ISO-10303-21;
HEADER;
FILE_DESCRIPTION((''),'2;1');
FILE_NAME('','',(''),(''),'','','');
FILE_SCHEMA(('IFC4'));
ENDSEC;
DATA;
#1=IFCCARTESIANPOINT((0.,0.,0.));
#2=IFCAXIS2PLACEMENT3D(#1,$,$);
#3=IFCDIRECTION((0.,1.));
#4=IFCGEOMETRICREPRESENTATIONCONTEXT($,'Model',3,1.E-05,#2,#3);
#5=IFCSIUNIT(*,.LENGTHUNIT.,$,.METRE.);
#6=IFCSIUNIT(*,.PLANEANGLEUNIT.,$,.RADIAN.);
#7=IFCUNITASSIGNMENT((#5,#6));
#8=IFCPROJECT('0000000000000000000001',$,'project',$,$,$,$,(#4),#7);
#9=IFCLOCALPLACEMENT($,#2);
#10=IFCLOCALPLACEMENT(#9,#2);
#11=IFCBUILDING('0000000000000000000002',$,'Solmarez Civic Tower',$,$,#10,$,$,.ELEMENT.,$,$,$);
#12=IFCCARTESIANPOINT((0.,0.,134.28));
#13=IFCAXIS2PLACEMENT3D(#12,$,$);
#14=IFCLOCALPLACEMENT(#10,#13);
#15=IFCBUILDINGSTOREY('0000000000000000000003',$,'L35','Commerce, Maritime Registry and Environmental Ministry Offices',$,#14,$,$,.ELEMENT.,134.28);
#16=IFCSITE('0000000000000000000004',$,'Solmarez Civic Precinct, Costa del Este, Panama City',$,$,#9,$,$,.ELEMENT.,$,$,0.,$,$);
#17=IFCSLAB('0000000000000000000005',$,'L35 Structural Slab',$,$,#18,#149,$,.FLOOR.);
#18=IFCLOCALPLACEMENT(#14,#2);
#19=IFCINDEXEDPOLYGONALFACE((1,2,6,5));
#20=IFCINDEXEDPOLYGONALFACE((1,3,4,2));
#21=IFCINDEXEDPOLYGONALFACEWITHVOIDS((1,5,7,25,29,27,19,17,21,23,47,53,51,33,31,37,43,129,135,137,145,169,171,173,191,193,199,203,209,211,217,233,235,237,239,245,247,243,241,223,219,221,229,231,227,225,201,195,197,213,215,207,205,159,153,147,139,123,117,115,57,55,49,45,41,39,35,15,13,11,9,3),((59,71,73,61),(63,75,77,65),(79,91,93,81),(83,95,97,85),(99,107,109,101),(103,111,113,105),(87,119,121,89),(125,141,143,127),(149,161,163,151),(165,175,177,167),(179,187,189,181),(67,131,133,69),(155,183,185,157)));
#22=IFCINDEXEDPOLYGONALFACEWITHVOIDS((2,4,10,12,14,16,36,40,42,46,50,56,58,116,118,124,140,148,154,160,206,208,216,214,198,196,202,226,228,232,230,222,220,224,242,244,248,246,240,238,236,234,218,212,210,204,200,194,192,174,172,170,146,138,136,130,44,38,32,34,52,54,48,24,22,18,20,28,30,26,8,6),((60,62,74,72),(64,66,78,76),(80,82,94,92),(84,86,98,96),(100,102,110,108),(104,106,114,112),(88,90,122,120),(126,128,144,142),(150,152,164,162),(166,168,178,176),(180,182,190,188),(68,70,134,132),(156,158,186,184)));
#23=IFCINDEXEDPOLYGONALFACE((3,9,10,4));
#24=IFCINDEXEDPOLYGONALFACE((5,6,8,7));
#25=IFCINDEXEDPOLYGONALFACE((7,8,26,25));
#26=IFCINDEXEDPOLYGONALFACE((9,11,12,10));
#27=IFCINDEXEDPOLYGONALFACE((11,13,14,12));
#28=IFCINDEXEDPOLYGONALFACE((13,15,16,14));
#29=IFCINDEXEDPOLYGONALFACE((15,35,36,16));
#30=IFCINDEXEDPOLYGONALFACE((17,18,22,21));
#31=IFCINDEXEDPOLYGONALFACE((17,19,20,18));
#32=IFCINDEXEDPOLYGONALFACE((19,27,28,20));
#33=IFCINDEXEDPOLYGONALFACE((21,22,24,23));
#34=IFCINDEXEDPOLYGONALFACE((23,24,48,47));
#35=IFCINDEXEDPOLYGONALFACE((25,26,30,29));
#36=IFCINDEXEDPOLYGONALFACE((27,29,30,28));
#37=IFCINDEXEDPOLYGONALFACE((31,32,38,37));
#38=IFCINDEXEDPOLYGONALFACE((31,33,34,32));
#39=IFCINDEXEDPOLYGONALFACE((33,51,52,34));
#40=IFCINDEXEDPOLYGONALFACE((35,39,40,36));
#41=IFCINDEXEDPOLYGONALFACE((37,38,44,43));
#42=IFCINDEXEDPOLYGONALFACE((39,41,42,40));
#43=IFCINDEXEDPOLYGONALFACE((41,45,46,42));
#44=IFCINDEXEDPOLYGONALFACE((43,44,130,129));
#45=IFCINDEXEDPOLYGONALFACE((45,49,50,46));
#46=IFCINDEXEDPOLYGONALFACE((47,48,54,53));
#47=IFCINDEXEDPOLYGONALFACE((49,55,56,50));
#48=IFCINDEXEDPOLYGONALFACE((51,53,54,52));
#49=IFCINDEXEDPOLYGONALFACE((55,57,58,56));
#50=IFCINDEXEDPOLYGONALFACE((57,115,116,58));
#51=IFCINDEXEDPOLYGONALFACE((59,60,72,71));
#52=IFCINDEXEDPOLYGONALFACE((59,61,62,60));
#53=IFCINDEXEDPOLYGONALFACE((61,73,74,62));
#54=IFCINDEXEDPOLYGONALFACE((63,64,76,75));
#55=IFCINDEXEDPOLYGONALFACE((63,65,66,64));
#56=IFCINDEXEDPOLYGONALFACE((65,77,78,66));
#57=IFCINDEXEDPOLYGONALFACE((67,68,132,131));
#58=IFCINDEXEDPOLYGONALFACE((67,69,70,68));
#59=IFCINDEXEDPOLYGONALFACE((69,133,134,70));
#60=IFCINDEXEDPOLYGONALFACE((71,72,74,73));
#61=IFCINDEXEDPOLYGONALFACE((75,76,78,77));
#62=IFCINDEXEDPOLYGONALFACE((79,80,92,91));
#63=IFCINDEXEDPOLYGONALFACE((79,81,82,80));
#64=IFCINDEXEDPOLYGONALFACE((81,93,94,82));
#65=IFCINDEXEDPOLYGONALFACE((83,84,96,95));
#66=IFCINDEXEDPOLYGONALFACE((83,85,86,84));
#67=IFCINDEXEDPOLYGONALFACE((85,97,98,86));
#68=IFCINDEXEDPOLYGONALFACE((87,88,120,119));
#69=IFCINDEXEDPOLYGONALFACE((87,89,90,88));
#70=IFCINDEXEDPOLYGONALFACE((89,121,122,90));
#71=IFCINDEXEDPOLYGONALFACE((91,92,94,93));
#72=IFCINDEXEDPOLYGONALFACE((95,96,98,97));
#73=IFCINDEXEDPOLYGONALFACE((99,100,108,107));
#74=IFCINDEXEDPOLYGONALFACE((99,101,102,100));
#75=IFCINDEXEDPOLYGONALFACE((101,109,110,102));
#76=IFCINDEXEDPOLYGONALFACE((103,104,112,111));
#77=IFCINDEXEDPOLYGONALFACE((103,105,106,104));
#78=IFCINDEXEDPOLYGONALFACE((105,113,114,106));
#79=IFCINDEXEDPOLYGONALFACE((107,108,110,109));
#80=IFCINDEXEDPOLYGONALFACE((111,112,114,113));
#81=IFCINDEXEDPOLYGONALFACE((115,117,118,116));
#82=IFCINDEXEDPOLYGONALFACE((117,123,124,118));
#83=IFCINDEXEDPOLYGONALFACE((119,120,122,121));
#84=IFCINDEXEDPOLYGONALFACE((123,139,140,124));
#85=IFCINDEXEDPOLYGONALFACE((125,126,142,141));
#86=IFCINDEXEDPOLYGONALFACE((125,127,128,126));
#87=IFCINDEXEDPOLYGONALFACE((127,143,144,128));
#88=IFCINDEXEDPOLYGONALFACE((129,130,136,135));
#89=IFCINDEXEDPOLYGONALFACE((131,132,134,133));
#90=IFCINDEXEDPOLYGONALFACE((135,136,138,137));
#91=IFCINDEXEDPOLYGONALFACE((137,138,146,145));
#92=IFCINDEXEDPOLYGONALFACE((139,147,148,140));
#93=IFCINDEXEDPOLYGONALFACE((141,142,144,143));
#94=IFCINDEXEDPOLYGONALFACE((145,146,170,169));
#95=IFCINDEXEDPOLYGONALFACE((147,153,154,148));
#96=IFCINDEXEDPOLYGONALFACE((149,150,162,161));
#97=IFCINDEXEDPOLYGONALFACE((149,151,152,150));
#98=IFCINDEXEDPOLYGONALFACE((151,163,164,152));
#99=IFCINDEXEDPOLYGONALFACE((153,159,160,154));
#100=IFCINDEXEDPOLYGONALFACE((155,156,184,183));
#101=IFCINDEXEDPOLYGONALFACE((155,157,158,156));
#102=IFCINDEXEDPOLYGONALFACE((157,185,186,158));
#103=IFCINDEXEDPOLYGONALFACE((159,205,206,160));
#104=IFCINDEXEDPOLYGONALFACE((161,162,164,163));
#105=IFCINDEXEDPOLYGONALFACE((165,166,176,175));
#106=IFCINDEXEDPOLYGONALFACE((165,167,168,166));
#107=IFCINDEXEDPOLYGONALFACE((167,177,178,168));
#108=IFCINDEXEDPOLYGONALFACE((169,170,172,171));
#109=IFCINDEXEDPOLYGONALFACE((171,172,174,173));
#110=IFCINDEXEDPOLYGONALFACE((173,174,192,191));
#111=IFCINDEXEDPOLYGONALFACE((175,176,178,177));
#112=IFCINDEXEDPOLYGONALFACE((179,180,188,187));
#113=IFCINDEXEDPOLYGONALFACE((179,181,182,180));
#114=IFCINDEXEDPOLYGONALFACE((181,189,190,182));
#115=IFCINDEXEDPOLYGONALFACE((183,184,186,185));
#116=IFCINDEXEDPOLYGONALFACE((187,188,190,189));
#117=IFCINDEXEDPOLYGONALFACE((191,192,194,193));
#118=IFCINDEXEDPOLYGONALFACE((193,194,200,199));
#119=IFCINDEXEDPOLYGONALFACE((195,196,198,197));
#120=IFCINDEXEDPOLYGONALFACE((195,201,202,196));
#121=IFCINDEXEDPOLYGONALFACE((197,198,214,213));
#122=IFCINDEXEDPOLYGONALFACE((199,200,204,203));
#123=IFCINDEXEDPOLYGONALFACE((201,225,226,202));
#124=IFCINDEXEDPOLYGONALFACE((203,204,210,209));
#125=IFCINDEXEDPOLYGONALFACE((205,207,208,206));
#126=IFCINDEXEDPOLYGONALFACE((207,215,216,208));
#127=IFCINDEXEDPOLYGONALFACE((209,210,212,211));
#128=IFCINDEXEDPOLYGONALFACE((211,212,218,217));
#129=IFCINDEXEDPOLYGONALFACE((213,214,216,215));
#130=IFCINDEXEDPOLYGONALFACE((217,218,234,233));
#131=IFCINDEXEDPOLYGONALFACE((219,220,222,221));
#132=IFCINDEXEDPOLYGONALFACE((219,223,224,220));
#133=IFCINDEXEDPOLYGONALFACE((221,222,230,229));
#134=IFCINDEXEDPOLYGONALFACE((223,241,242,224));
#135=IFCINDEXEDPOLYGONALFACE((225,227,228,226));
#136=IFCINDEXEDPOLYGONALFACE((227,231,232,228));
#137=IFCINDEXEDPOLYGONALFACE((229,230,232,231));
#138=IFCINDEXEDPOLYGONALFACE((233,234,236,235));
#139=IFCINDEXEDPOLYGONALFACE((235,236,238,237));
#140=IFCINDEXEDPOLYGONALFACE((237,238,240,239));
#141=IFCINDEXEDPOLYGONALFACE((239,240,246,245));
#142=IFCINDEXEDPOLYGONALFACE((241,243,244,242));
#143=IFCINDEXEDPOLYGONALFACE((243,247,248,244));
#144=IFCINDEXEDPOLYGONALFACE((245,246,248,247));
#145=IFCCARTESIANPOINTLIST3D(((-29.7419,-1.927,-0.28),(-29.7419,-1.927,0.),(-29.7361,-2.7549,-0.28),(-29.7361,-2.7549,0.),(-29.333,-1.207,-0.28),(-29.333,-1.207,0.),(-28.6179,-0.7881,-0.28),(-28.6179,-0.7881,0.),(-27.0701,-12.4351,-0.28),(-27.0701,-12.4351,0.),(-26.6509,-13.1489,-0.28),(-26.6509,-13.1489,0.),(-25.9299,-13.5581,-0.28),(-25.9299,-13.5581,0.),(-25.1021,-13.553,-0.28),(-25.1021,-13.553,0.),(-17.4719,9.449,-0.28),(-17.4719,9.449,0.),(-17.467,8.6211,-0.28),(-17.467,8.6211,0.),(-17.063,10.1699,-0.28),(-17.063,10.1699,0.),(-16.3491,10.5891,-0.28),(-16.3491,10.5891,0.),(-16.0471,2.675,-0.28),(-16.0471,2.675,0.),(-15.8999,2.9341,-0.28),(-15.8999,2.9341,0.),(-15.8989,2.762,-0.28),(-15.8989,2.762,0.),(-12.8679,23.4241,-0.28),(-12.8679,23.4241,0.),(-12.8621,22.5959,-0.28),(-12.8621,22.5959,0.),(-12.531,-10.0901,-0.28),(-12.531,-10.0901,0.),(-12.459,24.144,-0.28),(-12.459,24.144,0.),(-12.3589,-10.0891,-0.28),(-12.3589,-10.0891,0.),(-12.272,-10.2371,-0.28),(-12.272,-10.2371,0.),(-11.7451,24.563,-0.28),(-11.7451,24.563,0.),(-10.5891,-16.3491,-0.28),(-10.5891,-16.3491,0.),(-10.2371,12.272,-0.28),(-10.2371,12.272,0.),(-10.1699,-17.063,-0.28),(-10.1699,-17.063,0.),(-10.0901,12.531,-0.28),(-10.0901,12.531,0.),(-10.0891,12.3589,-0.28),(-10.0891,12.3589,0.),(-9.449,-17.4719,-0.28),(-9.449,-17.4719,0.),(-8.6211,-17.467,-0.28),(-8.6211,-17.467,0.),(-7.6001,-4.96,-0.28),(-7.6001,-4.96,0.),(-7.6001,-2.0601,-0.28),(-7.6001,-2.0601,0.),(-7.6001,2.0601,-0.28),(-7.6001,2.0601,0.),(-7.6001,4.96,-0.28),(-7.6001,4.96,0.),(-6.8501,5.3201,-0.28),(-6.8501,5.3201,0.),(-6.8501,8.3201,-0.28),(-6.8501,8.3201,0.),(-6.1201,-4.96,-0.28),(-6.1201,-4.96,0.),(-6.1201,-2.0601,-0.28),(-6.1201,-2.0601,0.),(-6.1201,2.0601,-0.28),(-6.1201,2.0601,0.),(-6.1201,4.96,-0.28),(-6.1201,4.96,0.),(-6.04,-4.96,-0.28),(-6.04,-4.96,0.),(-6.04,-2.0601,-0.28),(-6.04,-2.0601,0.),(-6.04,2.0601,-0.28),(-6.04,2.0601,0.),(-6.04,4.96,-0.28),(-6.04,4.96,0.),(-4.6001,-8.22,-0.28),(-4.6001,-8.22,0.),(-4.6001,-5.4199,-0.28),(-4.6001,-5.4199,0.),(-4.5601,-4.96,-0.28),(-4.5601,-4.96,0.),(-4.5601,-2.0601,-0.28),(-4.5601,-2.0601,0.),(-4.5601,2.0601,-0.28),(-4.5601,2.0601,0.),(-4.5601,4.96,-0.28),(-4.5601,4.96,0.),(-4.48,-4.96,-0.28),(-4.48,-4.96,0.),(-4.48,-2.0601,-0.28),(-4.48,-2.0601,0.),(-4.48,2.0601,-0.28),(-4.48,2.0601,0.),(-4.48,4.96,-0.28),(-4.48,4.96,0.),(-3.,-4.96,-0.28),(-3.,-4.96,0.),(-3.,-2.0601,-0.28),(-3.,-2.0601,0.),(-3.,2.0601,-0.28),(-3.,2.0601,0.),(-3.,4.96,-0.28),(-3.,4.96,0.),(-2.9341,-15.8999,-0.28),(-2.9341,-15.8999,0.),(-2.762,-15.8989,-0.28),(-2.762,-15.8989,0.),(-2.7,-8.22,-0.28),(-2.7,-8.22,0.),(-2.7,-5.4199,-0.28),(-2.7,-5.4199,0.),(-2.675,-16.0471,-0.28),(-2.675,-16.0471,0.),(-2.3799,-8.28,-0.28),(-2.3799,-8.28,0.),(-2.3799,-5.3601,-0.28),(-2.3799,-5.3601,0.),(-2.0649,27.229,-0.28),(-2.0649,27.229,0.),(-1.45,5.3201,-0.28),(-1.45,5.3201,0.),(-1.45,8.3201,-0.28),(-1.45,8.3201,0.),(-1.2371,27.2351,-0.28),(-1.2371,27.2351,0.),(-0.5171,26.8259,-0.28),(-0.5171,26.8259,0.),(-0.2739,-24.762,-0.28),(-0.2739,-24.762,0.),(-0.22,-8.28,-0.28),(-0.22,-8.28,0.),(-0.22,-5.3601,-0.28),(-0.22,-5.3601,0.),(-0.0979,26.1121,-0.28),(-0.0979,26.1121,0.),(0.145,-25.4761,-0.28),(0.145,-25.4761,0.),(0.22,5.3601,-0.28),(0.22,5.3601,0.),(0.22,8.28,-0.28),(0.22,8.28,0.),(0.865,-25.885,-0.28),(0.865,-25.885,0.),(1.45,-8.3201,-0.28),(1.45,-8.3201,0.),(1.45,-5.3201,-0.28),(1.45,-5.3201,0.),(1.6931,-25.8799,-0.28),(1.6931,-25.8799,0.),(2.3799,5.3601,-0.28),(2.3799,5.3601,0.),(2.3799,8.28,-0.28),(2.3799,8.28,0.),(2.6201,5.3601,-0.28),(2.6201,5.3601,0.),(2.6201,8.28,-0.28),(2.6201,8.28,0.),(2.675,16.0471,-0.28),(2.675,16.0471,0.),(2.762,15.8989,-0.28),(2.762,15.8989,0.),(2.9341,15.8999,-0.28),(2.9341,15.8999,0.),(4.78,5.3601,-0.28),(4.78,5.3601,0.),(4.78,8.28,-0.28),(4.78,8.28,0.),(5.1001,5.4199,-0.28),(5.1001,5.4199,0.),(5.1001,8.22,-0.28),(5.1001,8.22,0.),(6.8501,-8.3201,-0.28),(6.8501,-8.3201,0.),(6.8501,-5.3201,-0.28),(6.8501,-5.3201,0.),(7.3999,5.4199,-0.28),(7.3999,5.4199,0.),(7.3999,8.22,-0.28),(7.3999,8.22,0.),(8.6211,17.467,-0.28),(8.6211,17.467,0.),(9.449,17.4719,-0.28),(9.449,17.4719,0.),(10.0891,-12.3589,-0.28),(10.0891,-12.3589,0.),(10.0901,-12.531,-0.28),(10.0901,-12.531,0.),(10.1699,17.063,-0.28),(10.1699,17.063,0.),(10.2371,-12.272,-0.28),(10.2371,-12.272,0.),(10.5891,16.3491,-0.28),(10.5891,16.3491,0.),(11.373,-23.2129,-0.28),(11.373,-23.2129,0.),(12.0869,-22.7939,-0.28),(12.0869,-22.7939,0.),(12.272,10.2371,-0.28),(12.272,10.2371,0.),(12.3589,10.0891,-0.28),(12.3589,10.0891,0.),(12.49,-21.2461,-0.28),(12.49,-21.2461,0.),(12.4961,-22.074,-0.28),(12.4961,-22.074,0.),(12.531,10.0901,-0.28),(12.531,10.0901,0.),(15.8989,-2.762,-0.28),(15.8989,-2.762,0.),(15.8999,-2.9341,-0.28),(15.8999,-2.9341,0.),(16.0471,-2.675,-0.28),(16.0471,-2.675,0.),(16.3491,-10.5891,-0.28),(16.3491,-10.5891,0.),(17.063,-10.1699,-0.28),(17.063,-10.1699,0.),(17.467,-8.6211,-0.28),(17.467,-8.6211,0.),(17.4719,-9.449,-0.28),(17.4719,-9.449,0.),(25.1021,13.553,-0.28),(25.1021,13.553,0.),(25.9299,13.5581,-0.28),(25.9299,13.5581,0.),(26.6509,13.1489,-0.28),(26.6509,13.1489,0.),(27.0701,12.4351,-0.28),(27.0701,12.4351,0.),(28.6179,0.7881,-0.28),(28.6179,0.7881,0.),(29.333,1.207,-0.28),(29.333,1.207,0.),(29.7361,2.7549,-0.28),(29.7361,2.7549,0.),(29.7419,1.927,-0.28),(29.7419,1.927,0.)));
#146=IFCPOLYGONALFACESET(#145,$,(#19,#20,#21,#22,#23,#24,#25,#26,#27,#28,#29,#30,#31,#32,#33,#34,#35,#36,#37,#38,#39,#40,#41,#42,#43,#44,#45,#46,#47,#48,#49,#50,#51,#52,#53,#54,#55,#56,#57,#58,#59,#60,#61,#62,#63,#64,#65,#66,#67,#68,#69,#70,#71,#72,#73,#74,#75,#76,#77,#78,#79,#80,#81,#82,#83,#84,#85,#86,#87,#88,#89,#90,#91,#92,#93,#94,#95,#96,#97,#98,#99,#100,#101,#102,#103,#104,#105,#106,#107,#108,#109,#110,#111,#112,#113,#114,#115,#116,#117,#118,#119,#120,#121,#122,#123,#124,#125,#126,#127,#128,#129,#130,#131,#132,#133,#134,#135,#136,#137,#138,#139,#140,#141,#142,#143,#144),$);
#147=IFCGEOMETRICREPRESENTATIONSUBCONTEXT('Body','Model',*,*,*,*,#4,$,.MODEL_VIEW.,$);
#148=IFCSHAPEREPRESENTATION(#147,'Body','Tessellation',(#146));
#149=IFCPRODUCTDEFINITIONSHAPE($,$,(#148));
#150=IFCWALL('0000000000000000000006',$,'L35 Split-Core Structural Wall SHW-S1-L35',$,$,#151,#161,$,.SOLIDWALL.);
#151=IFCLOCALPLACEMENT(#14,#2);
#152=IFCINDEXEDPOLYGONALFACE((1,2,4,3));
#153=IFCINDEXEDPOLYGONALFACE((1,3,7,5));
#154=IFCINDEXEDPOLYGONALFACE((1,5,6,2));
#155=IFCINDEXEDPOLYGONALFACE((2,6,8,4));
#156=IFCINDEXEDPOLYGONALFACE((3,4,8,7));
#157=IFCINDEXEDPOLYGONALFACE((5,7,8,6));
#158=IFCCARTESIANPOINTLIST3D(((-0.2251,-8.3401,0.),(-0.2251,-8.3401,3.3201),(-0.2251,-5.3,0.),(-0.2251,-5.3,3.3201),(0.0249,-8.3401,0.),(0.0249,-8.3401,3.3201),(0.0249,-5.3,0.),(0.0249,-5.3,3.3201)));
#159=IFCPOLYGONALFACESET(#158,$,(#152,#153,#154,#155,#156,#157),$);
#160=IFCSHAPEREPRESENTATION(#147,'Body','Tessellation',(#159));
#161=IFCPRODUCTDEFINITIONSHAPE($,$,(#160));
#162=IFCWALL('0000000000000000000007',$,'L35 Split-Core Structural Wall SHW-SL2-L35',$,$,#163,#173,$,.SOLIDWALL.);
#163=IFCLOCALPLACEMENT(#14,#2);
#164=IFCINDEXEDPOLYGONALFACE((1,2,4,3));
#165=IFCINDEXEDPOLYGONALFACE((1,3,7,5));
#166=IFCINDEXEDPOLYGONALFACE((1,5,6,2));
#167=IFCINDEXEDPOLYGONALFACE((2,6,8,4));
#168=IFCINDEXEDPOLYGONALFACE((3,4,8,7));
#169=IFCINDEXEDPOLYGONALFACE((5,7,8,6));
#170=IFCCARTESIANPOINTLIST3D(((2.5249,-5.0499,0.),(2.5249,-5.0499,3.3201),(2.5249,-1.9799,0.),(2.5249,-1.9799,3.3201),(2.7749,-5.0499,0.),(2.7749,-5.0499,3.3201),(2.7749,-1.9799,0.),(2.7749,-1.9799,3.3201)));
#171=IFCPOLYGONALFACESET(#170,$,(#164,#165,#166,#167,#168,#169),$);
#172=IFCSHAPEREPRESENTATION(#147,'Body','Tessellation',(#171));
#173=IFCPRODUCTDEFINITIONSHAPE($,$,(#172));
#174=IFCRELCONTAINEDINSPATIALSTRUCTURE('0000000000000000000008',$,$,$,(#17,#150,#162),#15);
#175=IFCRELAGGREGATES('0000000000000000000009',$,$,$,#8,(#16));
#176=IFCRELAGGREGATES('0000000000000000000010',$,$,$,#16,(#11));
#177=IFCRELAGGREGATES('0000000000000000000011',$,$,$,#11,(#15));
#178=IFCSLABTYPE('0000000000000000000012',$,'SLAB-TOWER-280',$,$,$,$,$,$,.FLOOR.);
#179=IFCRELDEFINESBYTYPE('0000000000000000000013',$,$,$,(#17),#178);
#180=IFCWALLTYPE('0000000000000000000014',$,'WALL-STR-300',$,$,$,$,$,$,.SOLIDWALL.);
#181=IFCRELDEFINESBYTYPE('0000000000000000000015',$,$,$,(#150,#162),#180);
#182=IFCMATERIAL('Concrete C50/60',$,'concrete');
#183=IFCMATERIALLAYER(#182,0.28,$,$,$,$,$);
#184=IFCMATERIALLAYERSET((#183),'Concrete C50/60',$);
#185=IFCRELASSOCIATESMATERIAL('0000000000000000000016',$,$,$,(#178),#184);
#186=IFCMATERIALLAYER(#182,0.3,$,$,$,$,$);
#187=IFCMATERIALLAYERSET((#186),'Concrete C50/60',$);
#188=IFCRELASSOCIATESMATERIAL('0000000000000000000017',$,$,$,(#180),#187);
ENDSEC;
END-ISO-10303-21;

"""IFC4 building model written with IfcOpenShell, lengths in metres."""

from ifc_helpers import new_model, si_unit, direction, frame, frame_2d, origin, place, context, subcontext, project, spatial, polyline, rectangle, outline, extrude, material, layer, layer_set, type_object, element, save


model = new_model("IFC4")

# Units and contexts
model_context = context("Model", 3, precision=1e-05, world=origin(), true_north=direction((0.0, 1.0)))
body_context = subcontext(model_context, "Body", "Model", "MODEL_VIEW")
ifc_project = project(units=[si_unit("LENGTHUNIT", "METRE"), si_unit("PLANEANGLEUNIT", "RADIAN")], contexts=[model_context])

# Site, building, storey
site_placement = place(None, origin())
site = spatial("IfcSite", under=ifc_project, at=site_placement, Name="Solmarez Civic Precinct, Costa del Este, Panama City", CompositionType="ELEMENT", RefElevation=0.0)
building_placement = place(site_placement, origin())
building = spatial("IfcBuilding", under=site, at=building_placement, Name="Solmarez Civic Tower", CompositionType="ELEMENT")
storey_placement = place(building_placement, frame((0.0, 0.0, 134.28)))
storey = spatial("IfcBuildingStorey", under=building, at=storey_placement, Name="L35", Description="Commerce, Maritime Registry and Environmental Ministry Offices", CompositionType="ELEMENT", Elevation=134.28)

# Shared definitions
ifc_material_1 = material(Name="Concrete C50/60", Category="concrete")

# Slab
ifc_layer_1 = layer(ifc_material_1, 0.28)
ifc_layer_set_1 = layer_set([ifc_layer_1], Name="Concrete C50/60")
slab_type_1 = type_object("IfcSlabType", Name="SLAB-TOWER-280", PredefinedType="FLOOR", material=ifc_layer_set_1)
slab_1_placement = place(storey_placement, frame((0.0, 0.0, -0.28)))
element("IfcSlab", 1, at=slab_1_placement, inside=storey, type_object=slab_type_1, Name="L35 Structural Slab", PredefinedType="FLOOR", context=body_context, shape_type="SweptSolid", body=[
    extrude(outline(polyline([(-12.272, -10.2371), (-10.5891, -16.3491), (-10.1699, -17.063), (-9.449, -17.4719), (-8.6211, -17.467), (-2.9341, -15.8999), (-2.762, -15.8989), (-2.675, -16.0471), (-0.2739, -24.762), (0.145, -25.4761), (0.865, -25.885), (1.6931, -25.8799), (11.373, -23.2129), (12.0869, -22.7939), (12.4961, -22.074), (12.49, -21.2461), (10.0901, -12.531), (10.0891, -12.3589), (10.2371, -12.272), (16.3491, -10.5891), (17.063, -10.1699), (17.4719, -9.449), (17.467, -8.6211), (15.8999, -2.9341), (15.8989, -2.762), (16.0471, -2.675), (28.6179, 0.7881), (29.333, 1.207), (29.7419, 1.927), (29.7361, 2.7549), (27.0701, 12.4351), (26.6509, 13.1489), (25.9299, 13.5581), (25.1021, 13.553), (12.531, 10.0901), (12.3589, 10.0891), (12.272, 10.2371), (10.5891, 16.3491), (10.1699, 17.063), (9.449, 17.4719), (8.6211, 17.467), (2.9341, 15.8999), (2.762, 15.8989), (2.675, 16.0471), (-0.0979, 26.1121), (-0.5171, 26.8259), (-1.2371, 27.2351), (-2.0649, 27.229), (-11.7451, 24.563), (-12.459, 24.144), (-12.8679, 23.4241), (-12.8621, 22.5959), (-10.0901, 12.531), (-10.0891, 12.3589), (-10.2371, 12.272), (-16.3491, 10.5891), (-17.063, 10.1699), (-17.4719, 9.449), (-17.467, 8.6211), (-15.8999, 2.9341), (-15.8989, 2.762), (-16.0471, 2.675), (-28.6179, -0.7881), (-29.333, -1.207), (-29.7419, -1.927), (-29.7361, -2.7549), (-27.0701, -12.4351), (-26.6509, -13.1489), (-25.9299, -13.5581), (-25.1021, -13.553), (-12.531, -10.0901), (-12.3589, -10.0891), (-12.272, -10.2371)]), holes=[polyline([(-1.45, 8.3201), (-6.8501, 8.3201), (-6.8501, 5.3201), (-1.45, 5.3201), (-1.45, 8.3201)]), polyline([(1.45, -8.3201), (6.8501, -8.3201), (6.8501, -5.3201), (1.45, -5.3201), (1.45, -8.3201)]), polyline([(0.22, 5.3601), (2.3799, 5.3601), (2.3799, 8.28), (0.22, 8.28), (0.22, 5.3601)]), polyline([(2.6201, 5.3601), (4.78, 5.3601), (4.78, 8.28), (2.6201, 8.28), (2.6201, 5.3601)]), polyline([(-2.3799, -8.28), (-0.22, -8.28), (-0.22, -5.3601), (-2.3799, -5.3601), (-2.3799, -8.28)]), polyline([(-7.6001, -4.96), (-6.1201, -4.96), (-6.1201, -2.0601), (-7.6001, -2.0601), (-7.6001, -4.96)]), polyline([(-6.04, -4.96), (-4.5601, -4.96), (-4.5601, -2.0601), (-6.04, -2.0601), (-6.04, -4.96)]), polyline([(-4.48, -4.96), (-3.0, -4.96), (-3.0, -2.0601), (-4.48, -2.0601), (-4.48, -4.96)]), polyline([(-7.6001, 2.0601), (-6.1201, 2.0601), (-6.1201, 4.96), (-7.6001, 4.96), (-7.6001, 2.0601)]), polyline([(-6.04, 2.0601), (-4.5601, 2.0601), (-4.5601, 4.96), (-6.04, 4.96), (-6.04, 2.0601)]), polyline([(-4.48, 2.0601), (-3.0, 2.0601), (-3.0, 4.96), (-4.48, 4.96), (-4.48, 2.0601)]), polyline([(5.1001, 5.4199), (7.3999, 5.4199), (7.3999, 8.22), (5.1001, 8.22), (5.1001, 5.4199)]), polyline([(-4.6001, -8.22), (-2.7, -8.22), (-2.7, -5.4199), (-4.6001, -5.4199), (-4.6001, -8.22)])]), origin(), (0.0, 0.0, 1.0), 0.28),
])

# Walls
ifc_layer_2 = layer(ifc_material_1, 0.3)
ifc_layer_set_2 = layer_set([ifc_layer_2], Name="Concrete C50/60")
wall_type = type_object("IfcWallType", Name="WALL-STR-300", PredefinedType="SOLIDWALL", material=ifc_layer_set_2)
wall_1_placement = place(storey_placement, frame((-0.1001, -8.3401, 0.0), z_axis=(0.0, 0.0, 1.0), x_axis=(0.0, 1.0, 0.0)))
element("IfcWall", 2, at=wall_1_placement, inside=storey, type_object=wall_type, Name="L35 Split-Core Structural Wall SHW-S1-L35", PredefinedType="SOLIDWALL", context=body_context, shape_type="SweptSolid", body=[
    extrude(rectangle(XDim=3.04, YDim=0.25, at=frame_2d((1.52, 0.0))), origin(), (0.0, 0.0, 1.0), 3.3201),
])
wall_2_placement = place(storey_placement, frame((2.6499, -5.05, 0.0), z_axis=(0.0, 0.0, 1.0), x_axis=(0.0, 1.0, 0.0)))
element("IfcWall", 3, at=wall_2_placement, inside=storey, type_object=wall_type, Name="L35 Split-Core Structural Wall SHW-SL2-L35", PredefinedType="SOLIDWALL", context=body_context, shape_type="SweptSolid", body=[
    extrude(rectangle(XDim=3.0701, YDim=0.25, at=frame_2d((1.5352, 0.0))), origin(), (0.0, 0.0, 1.0), 3.3201),
])

save(model, "model.ifc")
